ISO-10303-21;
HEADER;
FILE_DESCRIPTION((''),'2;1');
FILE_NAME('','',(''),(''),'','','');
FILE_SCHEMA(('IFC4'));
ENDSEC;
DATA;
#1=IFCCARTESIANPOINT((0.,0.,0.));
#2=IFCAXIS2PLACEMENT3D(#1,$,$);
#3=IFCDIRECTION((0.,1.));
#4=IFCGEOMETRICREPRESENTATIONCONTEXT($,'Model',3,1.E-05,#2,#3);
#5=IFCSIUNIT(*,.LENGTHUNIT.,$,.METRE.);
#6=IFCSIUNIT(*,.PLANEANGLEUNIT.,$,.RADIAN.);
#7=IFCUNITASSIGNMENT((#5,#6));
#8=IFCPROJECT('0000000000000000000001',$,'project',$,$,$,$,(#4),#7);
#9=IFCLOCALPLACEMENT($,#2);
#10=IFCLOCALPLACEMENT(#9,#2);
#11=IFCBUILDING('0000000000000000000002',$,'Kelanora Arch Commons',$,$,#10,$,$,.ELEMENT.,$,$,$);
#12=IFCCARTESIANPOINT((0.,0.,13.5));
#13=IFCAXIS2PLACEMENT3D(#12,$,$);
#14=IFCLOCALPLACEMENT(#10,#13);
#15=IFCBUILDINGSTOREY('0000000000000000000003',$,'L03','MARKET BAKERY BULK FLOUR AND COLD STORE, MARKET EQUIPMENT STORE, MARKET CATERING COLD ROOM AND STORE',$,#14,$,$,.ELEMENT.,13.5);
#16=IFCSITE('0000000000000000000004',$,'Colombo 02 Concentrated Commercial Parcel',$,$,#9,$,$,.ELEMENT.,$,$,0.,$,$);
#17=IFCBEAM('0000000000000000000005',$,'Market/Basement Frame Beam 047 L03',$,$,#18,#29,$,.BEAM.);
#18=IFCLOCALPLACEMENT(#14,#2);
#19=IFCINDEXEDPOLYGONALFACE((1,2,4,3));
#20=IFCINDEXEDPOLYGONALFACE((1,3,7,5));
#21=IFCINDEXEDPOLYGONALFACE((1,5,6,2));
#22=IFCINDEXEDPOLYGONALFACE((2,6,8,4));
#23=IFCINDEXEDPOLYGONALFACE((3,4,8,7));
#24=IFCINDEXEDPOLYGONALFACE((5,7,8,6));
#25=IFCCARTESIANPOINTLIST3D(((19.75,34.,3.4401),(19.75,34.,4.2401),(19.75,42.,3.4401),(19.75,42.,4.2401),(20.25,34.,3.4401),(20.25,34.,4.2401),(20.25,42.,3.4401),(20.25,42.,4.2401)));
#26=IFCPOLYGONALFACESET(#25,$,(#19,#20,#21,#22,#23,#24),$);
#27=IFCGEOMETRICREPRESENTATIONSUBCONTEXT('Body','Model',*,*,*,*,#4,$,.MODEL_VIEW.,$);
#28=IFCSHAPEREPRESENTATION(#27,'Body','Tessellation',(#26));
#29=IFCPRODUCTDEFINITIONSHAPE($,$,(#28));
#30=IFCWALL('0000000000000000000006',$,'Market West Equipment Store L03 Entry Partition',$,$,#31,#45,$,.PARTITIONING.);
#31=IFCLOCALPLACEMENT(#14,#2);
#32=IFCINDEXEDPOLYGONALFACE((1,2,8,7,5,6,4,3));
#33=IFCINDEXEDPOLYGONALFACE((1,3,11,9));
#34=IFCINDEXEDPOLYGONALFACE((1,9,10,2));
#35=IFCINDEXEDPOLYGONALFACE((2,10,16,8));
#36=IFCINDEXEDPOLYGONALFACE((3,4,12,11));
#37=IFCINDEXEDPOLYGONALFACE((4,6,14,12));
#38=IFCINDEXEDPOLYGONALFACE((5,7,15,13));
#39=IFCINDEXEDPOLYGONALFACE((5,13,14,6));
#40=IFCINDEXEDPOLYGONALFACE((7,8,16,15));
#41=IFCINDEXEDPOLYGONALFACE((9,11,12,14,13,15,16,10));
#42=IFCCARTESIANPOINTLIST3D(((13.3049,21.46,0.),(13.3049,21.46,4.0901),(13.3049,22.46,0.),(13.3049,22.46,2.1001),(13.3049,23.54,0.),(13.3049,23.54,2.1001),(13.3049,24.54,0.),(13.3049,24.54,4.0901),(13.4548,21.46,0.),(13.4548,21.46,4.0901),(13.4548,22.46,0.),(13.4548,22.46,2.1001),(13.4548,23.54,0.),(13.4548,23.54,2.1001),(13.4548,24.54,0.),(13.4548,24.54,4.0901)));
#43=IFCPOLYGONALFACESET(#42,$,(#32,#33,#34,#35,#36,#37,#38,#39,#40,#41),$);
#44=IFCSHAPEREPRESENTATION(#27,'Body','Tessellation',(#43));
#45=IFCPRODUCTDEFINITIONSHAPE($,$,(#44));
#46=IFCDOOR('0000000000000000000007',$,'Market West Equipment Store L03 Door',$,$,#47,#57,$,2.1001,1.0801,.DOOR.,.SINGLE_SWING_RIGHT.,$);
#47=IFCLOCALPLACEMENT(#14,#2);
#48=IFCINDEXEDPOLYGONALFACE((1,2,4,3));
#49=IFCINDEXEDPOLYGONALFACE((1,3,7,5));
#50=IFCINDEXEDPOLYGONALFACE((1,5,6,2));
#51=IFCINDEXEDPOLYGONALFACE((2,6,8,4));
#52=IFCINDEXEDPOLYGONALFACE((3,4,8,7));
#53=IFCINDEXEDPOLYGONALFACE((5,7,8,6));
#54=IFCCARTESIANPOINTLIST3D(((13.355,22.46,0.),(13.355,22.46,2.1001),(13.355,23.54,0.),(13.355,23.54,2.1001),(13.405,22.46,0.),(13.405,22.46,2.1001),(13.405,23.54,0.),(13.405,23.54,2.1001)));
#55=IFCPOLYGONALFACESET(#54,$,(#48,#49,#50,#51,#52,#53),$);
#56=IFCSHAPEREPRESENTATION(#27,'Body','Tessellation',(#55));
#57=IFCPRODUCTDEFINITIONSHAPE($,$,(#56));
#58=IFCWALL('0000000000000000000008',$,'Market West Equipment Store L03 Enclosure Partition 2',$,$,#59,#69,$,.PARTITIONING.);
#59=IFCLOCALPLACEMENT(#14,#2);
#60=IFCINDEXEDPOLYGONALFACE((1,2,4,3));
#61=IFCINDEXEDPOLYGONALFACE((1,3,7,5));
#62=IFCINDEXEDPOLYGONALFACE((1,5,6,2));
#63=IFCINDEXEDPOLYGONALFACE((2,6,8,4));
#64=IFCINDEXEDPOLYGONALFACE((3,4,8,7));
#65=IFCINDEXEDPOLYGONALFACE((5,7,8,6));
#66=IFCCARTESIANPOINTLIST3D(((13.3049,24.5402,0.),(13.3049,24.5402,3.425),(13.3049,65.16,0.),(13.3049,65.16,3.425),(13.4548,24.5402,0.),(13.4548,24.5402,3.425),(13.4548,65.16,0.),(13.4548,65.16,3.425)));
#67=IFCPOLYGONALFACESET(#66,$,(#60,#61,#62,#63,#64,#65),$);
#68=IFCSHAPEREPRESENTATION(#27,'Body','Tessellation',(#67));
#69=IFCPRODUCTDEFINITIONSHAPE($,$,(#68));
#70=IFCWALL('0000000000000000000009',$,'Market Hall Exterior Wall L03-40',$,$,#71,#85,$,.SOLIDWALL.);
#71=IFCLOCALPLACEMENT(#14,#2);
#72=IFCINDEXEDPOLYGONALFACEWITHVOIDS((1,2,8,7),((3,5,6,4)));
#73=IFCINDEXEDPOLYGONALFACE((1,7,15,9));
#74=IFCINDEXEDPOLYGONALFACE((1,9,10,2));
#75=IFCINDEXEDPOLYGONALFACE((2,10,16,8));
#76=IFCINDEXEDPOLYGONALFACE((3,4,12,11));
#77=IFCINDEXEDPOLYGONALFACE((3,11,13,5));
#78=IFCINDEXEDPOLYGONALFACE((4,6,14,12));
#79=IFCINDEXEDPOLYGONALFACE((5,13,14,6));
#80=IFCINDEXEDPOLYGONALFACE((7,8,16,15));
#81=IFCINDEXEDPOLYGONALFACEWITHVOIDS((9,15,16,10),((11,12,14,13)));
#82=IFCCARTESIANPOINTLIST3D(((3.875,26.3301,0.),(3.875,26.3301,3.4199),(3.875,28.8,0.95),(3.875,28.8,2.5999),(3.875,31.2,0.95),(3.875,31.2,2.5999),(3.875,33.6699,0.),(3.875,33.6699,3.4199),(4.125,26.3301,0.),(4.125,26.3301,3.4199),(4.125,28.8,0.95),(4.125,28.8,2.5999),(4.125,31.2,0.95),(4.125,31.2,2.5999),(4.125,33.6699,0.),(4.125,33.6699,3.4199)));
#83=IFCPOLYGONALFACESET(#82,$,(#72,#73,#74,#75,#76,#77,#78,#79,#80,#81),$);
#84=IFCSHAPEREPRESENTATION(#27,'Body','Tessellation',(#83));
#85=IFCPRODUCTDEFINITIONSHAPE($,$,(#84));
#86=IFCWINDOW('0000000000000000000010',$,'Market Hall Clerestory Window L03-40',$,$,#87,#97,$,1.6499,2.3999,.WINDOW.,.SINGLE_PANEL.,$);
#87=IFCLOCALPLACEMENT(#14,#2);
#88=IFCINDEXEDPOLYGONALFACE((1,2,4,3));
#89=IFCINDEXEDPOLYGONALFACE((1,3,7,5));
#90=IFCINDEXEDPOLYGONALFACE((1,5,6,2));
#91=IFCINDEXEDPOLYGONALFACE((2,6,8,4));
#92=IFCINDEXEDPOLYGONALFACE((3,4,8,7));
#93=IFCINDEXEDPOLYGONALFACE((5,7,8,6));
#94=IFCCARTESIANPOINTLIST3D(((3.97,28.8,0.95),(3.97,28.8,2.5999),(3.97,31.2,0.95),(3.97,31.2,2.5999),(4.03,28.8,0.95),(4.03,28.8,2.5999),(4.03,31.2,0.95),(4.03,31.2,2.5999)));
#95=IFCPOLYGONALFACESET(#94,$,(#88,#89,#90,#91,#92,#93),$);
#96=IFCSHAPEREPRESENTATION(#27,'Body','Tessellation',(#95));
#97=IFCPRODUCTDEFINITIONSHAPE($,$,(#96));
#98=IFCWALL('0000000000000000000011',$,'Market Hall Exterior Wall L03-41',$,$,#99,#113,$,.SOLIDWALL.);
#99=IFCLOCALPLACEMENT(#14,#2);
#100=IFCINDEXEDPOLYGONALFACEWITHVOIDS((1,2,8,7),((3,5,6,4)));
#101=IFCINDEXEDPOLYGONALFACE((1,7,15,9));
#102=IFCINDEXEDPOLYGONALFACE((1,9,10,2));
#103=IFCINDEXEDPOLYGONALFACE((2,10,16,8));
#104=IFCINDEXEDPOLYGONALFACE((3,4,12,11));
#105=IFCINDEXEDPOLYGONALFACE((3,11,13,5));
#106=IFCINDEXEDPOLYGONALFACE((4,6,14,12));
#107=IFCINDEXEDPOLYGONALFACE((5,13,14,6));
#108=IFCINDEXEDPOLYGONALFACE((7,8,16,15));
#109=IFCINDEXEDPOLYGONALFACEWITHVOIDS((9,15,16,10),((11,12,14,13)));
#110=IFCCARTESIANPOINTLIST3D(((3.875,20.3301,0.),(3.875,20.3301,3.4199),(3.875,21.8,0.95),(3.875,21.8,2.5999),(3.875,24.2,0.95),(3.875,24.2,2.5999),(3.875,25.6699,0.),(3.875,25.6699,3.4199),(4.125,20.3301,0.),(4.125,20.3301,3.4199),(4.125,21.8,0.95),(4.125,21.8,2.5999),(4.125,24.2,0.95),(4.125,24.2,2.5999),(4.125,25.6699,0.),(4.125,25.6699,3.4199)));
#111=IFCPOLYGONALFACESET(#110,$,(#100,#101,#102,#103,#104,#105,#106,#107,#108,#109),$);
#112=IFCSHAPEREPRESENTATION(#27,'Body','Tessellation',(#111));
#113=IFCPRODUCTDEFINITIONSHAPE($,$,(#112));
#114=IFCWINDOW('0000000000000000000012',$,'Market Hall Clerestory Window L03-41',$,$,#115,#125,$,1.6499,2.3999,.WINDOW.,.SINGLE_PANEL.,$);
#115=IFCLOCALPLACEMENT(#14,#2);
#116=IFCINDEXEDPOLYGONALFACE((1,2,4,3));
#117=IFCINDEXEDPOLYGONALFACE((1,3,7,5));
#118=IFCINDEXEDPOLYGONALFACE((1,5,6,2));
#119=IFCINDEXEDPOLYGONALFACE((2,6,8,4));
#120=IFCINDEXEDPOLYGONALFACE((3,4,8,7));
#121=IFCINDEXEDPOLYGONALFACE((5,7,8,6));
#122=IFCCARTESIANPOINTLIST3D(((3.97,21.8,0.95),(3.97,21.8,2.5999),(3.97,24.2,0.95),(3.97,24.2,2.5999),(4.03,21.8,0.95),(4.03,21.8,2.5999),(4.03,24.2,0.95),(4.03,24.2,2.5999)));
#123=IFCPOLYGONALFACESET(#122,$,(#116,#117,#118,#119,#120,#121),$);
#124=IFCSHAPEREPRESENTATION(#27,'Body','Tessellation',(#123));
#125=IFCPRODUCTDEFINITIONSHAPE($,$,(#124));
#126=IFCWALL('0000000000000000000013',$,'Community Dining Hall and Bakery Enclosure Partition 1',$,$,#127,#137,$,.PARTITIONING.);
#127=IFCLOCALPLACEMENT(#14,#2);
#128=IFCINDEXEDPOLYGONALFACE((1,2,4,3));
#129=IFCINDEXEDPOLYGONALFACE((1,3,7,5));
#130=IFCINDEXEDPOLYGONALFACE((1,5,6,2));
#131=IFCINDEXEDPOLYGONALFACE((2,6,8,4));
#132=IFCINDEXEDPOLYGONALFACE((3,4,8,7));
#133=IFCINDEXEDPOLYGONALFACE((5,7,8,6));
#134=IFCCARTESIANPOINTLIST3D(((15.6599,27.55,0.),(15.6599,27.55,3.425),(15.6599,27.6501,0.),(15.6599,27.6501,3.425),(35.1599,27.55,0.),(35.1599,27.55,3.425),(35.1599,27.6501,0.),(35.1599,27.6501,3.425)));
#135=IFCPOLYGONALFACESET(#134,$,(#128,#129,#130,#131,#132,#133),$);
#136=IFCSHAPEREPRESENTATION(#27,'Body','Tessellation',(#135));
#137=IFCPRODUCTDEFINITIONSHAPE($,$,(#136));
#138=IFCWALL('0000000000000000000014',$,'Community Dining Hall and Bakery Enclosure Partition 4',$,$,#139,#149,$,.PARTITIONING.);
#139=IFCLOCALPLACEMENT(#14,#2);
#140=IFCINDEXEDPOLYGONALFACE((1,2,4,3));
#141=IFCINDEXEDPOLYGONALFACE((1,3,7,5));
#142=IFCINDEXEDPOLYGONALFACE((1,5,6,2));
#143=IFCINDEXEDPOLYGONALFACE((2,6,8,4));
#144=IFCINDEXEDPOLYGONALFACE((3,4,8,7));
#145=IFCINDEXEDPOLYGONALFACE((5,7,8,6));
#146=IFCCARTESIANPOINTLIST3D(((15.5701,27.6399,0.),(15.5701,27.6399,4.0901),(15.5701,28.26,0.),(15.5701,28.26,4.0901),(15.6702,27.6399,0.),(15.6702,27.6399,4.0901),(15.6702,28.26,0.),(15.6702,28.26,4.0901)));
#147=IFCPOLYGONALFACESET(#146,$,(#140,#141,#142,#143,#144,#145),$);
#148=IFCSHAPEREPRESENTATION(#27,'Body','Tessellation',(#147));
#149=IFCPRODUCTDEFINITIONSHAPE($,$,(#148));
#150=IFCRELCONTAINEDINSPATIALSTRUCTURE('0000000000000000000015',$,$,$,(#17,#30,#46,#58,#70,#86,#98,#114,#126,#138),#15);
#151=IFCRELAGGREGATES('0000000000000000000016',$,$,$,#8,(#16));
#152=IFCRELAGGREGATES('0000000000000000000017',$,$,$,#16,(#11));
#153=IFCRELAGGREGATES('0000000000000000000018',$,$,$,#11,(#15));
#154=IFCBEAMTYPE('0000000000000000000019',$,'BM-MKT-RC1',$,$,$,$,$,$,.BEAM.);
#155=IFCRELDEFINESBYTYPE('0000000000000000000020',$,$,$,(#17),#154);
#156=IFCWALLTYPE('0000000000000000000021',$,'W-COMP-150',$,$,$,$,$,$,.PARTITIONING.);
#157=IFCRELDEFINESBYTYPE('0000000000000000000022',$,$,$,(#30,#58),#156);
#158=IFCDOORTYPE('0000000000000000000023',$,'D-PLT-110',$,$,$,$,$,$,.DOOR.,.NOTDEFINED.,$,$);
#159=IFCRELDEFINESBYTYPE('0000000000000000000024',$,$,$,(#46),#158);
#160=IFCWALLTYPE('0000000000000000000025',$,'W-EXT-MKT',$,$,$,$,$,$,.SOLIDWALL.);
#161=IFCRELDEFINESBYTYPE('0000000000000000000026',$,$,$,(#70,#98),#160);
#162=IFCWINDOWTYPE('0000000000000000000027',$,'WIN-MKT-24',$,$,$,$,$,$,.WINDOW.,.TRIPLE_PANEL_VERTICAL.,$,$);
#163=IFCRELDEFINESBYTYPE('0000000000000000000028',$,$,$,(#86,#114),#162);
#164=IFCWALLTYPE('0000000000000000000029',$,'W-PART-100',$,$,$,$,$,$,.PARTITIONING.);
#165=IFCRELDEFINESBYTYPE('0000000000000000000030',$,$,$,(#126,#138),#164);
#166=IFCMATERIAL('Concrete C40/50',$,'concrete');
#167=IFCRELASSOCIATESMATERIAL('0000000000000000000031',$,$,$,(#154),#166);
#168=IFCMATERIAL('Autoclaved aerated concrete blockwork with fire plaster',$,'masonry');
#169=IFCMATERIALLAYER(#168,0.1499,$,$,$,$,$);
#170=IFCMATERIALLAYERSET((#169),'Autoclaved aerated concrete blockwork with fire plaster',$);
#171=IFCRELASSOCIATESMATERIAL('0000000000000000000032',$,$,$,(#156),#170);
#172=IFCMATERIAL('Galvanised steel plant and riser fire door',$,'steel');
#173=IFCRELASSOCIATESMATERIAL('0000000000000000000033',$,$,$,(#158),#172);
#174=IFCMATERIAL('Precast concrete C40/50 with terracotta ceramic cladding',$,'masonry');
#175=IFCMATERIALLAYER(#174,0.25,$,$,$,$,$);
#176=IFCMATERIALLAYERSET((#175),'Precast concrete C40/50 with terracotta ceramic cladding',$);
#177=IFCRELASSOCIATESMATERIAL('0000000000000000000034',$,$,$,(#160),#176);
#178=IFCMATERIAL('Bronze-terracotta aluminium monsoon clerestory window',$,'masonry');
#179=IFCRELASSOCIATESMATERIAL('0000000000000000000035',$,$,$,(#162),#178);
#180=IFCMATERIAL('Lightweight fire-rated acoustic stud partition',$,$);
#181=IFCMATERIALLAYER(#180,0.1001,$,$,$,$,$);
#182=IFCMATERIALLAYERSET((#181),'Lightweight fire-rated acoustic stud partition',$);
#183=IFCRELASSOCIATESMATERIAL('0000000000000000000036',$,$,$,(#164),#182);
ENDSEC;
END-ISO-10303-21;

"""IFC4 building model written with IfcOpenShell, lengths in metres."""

from ifc_helpers import new_model, si_unit, direction, frame, frame_2d, origin, origin_2d, place, context, subcontext, project, spatial, rectangle, extrude, material, layer, layer_set, material_profile, profile_set, type_object, element, fill, save


model = new_model("IFC4")

# Units and contexts
model_context = context("Model", 3, precision=1e-05, world=origin(), true_north=direction((0.0, 1.0)))
body_context = subcontext(model_context, "Body", "Model", "MODEL_VIEW")
ifc_project = project(units=[si_unit("LENGTHUNIT", "METRE"), si_unit("PLANEANGLEUNIT", "RADIAN")], contexts=[model_context])

# Site, building, storey
site_placement = place(None, origin())
site = spatial("IfcSite", under=ifc_project, at=site_placement, Name="Colombo 02 Concentrated Commercial Parcel", CompositionType="ELEMENT", RefElevation=0.0)
building_placement = place(site_placement, origin())
building = spatial("IfcBuilding", under=site, at=building_placement, Name="Kelanora Arch Commons", CompositionType="ELEMENT")
storey_placement = place(building_placement, frame((0.0, 0.0, 13.5)))
storey = spatial("IfcBuildingStorey", under=building, at=storey_placement, Name="L03", Description="MARKET BAKERY BULK FLOUR AND COLD STORE, MARKET EQUIPMENT STORE, MARKET CATERING COLD ROOM AND STORE", CompositionType="ELEMENT", Elevation=13.5)

# Beam
ifc_material_1 = material(Name="Concrete C40/50", Category="concrete")
ifc_material_profile_1 = material_profile(ifc_material_1, rectangle(XDim=0.5, YDim=0.8, at=origin_2d()), Name="RCB500x800")
ifc_profile_set_1 = profile_set([ifc_material_profile_1], Name="Concrete C40/50")
beam_type = type_object("IfcBeamType", Name="BM-MKT-RC1", PredefinedType="BEAM", material=ifc_profile_set_1)
for number, where, z_axis, x_axis, name in (
    (1, (20.0, 34.0, 3.8401), (0.0, 1.0, 0.0), (-1.0, 0.0, 0.0), "Market/Basement Frame Beam 047 L03"),
):
    element("IfcBeam", number, at=place(storey_placement, frame(where, z_axis=z_axis, x_axis=x_axis)), inside=storey, type_object=beam_type, Name=name, PredefinedType="BEAM", context=body_context, shape_type="SweptSolid", body=[
        extrude(rectangle(XDim=0.5, YDim=0.8, at=origin_2d()), origin(), (0.0, 0.0, 1.0), 8.0),
    ])

# Wall, opening, door
ifc_material_2 = material(Name="Autoclaved aerated concrete blockwork with fire plaster", Category="masonry")
ifc_layer_1 = layer(ifc_material_2, 0.1499)
ifc_layer_set_1 = layer_set([ifc_layer_1], Name="Autoclaved aerated concrete blockwork with fire plaster")
wall_type_1 = type_object("IfcWallType", Name="W-COMP-150", PredefinedType="PARTITIONING", material=ifc_layer_set_1)
wall_1_placement = place(storey_placement, frame((13.3799, 21.46, 0.0), z_axis=(0.0, 0.0, 1.0), x_axis=(0.0, 1.0, 0.0)))
wall_1 = element("IfcWall", 2, at=wall_1_placement, inside=storey, type_object=wall_type_1, Name="Market West Equipment Store L03 Entry Partition", PredefinedType="PARTITIONING", context=body_context, shape_type="SweptSolid", body=[
    extrude(rectangle(XDim=3.0801, YDim=0.1499, at=frame_2d((1.54, 0.0))), origin(), (0.0, 0.0, 1.0), 4.0901),
])
opening_1_placement = place(wall_1_placement, frame((1.0, 0.0, 0.0)))
opening_1 = element("IfcOpeningElement", 3, at=opening_1_placement, cuts=wall_1, PredefinedType="OPENING", context=body_context, shape_type="SweptSolid", body=[
    extrude(rectangle(XDim=1.0801, YDim=2.1001, at=frame_2d((0.54, 1.05))), frame((0.0, 0.085, 0.0), z_axis=(0.0, -1.0, 0.0), x_axis=(1.0, 0.0, 0.0)), (0.0, 0.0, 1.0), 0.1699),
])
ifc_material_3 = material(Name="Galvanised steel plant and riser fire door", Category="steel")
door_type_1 = type_object("IfcDoorType", Name="D-PLT-110", OperationType="NOTDEFINED", PredefinedType="DOOR", material=ifc_material_3)
door_1_placement = place(opening_1_placement, origin())
door_1 = element("IfcDoor", 4, at=door_1_placement, inside=storey, type_object=door_type_1, Name="Market West Equipment Store L03 Door", OperationType="SINGLE_SWING_RIGHT", OverallHeight=2.1001, OverallWidth=1.0801, PredefinedType="DOOR", context=body_context, shape_type="SweptSolid", body=[
    extrude(rectangle(XDim=1.0801, YDim=2.1001, at=frame_2d((0.54, 1.05))), frame((0.0, 0.0249, 0.0), z_axis=(0.0, -1.0, 0.0), x_axis=(1.0, 0.0, 0.0)), (0.0, 0.0, 1.0), 0.05),
])
fill(opening_1, door_1)

# Wall
wall_2_placement = place(storey_placement, frame((13.3799, 24.54, 0.0), z_axis=(0.0, 0.0, 1.0), x_axis=(0.0, 1.0, 0.0)))
element("IfcWall", 5, at=wall_2_placement, inside=storey, type_object=wall_type_1, Name="Market West Equipment Store L03 Enclosure Partition 2", PredefinedType="PARTITIONING", context=body_context, shape_type="SweptSolid", body=[
    extrude(rectangle(XDim=40.6199, YDim=0.1499, at=frame_2d((20.3101, 0.0))), origin(), (0.0, 0.0, 1.0), 3.425),
])

# Walls, openings, windows
ifc_material_4 = material(Name="Precast concrete C40/50 with terracotta ceramic cladding", Category="masonry")
ifc_layer_2 = layer(ifc_material_4, 0.25)
ifc_layer_set_2 = layer_set([ifc_layer_2], Name="Precast concrete C40/50 with terracotta ceramic cladding")
wall_type_2 = type_object("IfcWallType", Name="W-EXT-MKT", PredefinedType="SOLIDWALL", material=ifc_layer_set_2)
wall_3_placement = place(storey_placement, frame((4.0, 33.6699, 0.0), z_axis=(0.0, 0.0, 1.0), x_axis=(0.0, -1.0, 0.0)))
wall_3 = element("IfcWall", 6, at=wall_3_placement, inside=storey, type_object=wall_type_2, Name="Market Hall Exterior Wall L03-40", PredefinedType="SOLIDWALL", context=body_context, shape_type="SweptSolid", body=[
    extrude(rectangle(XDim=7.3398, YDim=0.25, at=frame_2d((3.6699, 0.0))), origin(), (0.0, 0.0, 1.0), 3.4199),
])
opening_2_placement = place(wall_3_placement, frame((2.47, 0.0, 0.95)))
opening_2 = element("IfcOpeningElement", 7, at=opening_2_placement, cuts=wall_3, PredefinedType="OPENING", context=body_context, shape_type="SweptSolid", body=[
    extrude(rectangle(XDim=2.3999, YDim=1.6499, at=frame_2d((1.2, 0.825))), frame((0.0, 0.135, 0.0), z_axis=(0.0, -1.0, 0.0), x_axis=(1.0, 0.0, 0.0)), (0.0, 0.0, 1.0), 0.27),
])
ifc_material_5 = material(Name="Bronze-terracotta aluminium monsoon clerestory window", Category="masonry")
window_type = type_object("IfcWindowType", Name="WIN-MKT-24", PartitioningType="TRIPLE_PANEL_VERTICAL", PredefinedType="WINDOW", material=ifc_material_5)
window_1_placement = place(opening_2_placement, origin())
window_1 = element("IfcWindow", 8, at=window_1_placement, inside=storey, type_object=window_type, Name="Market Hall Clerestory Window L03-40", OverallHeight=1.6499, OverallWidth=2.3999, PartitioningType="SINGLE_PANEL", PredefinedType="WINDOW", context=body_context, shape_type="SweptSolid", body=[
    extrude(rectangle(XDim=2.3999, YDim=1.6499, at=frame_2d((1.2, 0.825))), frame((0.0, 0.03, 0.0), z_axis=(0.0, -1.0, 0.0), x_axis=(1.0, 0.0, 0.0)), (0.0, 0.0, 1.0), 0.0601),
])
fill(opening_2, window_1)
wall_4_placement = place(storey_placement, frame((4.0, 25.6699, 0.0), z_axis=(0.0, 0.0, 1.0), x_axis=(0.0, -1.0, 0.0)))
wall_4 = element("IfcWall", 9, at=wall_4_placement, inside=storey, type_object=wall_type_2, Name="Market Hall Exterior Wall L03-41", PredefinedType="SOLIDWALL", context=body_context, shape_type="SweptSolid", body=[
    extrude(rectangle(XDim=5.3398, YDim=0.25, at=frame_2d((2.6699, 0.0))), origin(), (0.0, 0.0, 1.0), 3.4199),
])
opening_3_placement = place(wall_4_placement, frame((1.47, 0.0, 0.95)))
opening_3 = element("IfcOpeningElement", 10, at=opening_3_placement, cuts=wall_4, PredefinedType="OPENING", context=body_context, shape_type="SweptSolid", body=[
    extrude(rectangle(XDim=2.3999, YDim=1.6499, at=frame_2d((1.2, 0.825))), frame((0.0, 0.135, 0.0), z_axis=(0.0, -1.0, 0.0), x_axis=(1.0, 0.0, 0.0)), (0.0, 0.0, 1.0), 0.27),
])
window_2_placement = place(opening_3_placement, origin())
window_2 = element("IfcWindow", 11, at=window_2_placement, inside=storey, type_object=window_type, Name="Market Hall Clerestory Window L03-41", OverallHeight=1.6499, OverallWidth=2.3999, PartitioningType="SINGLE_PANEL", PredefinedType="WINDOW", context=body_context, shape_type="SweptSolid", body=[
    extrude(rectangle(XDim=2.3999, YDim=1.6499, at=frame_2d((1.2, 0.825))), frame((0.0, 0.03, 0.0), z_axis=(0.0, -1.0, 0.0), x_axis=(1.0, 0.0, 0.0)), (0.0, 0.0, 1.0), 0.0601),
])
fill(opening_3, window_2)

# Walls
ifc_material_6 = material(Name="Lightweight fire-rated acoustic stud partition")
ifc_layer_3 = layer(ifc_material_6, 0.1001)
ifc_layer_set_3 = layer_set([ifc_layer_3], Name="Lightweight fire-rated acoustic stud partition")
wall_type_3 = type_object("IfcWallType", Name="W-PART-100", PredefinedType="PARTITIONING", material=ifc_layer_set_3)
wall_5_placement = place(storey_placement, frame((15.6599, 27.6001, 0.0), z_axis=(0.0, 0.0, 1.0), x_axis=(1.0, 0.0, 0.0)))
element("IfcWall", 12, at=wall_5_placement, inside=storey, type_object=wall_type_3, Name="Community Dining Hall and Bakery Enclosure Partition 1", PredefinedType="PARTITIONING", context=body_context, shape_type="SweptSolid", body=[
    extrude(rectangle(XDim=19.5, YDim=0.1001, at=frame_2d((9.75, 0.0))), origin(), (0.0, 0.0, 1.0), 3.425),
])
wall_6_placement = place(storey_placement, frame((15.6201, 28.26, 0.0), z_axis=(0.0, 0.0, 1.0), x_axis=(0.0, -1.0, 0.0)))
element("IfcWall", 13, at=wall_6_placement, inside=storey, type_object=wall_type_3, Name="Community Dining Hall and Bakery Enclosure Partition 4", PredefinedType="PARTITIONING", context=body_context, shape_type="SweptSolid", body=[
    extrude(rectangle(XDim=0.6201, YDim=0.1001, at=frame_2d((0.3101, 0.0))), origin(), (0.0, 0.0, 1.0), 4.0901),
])

save(model, "model.ifc")
